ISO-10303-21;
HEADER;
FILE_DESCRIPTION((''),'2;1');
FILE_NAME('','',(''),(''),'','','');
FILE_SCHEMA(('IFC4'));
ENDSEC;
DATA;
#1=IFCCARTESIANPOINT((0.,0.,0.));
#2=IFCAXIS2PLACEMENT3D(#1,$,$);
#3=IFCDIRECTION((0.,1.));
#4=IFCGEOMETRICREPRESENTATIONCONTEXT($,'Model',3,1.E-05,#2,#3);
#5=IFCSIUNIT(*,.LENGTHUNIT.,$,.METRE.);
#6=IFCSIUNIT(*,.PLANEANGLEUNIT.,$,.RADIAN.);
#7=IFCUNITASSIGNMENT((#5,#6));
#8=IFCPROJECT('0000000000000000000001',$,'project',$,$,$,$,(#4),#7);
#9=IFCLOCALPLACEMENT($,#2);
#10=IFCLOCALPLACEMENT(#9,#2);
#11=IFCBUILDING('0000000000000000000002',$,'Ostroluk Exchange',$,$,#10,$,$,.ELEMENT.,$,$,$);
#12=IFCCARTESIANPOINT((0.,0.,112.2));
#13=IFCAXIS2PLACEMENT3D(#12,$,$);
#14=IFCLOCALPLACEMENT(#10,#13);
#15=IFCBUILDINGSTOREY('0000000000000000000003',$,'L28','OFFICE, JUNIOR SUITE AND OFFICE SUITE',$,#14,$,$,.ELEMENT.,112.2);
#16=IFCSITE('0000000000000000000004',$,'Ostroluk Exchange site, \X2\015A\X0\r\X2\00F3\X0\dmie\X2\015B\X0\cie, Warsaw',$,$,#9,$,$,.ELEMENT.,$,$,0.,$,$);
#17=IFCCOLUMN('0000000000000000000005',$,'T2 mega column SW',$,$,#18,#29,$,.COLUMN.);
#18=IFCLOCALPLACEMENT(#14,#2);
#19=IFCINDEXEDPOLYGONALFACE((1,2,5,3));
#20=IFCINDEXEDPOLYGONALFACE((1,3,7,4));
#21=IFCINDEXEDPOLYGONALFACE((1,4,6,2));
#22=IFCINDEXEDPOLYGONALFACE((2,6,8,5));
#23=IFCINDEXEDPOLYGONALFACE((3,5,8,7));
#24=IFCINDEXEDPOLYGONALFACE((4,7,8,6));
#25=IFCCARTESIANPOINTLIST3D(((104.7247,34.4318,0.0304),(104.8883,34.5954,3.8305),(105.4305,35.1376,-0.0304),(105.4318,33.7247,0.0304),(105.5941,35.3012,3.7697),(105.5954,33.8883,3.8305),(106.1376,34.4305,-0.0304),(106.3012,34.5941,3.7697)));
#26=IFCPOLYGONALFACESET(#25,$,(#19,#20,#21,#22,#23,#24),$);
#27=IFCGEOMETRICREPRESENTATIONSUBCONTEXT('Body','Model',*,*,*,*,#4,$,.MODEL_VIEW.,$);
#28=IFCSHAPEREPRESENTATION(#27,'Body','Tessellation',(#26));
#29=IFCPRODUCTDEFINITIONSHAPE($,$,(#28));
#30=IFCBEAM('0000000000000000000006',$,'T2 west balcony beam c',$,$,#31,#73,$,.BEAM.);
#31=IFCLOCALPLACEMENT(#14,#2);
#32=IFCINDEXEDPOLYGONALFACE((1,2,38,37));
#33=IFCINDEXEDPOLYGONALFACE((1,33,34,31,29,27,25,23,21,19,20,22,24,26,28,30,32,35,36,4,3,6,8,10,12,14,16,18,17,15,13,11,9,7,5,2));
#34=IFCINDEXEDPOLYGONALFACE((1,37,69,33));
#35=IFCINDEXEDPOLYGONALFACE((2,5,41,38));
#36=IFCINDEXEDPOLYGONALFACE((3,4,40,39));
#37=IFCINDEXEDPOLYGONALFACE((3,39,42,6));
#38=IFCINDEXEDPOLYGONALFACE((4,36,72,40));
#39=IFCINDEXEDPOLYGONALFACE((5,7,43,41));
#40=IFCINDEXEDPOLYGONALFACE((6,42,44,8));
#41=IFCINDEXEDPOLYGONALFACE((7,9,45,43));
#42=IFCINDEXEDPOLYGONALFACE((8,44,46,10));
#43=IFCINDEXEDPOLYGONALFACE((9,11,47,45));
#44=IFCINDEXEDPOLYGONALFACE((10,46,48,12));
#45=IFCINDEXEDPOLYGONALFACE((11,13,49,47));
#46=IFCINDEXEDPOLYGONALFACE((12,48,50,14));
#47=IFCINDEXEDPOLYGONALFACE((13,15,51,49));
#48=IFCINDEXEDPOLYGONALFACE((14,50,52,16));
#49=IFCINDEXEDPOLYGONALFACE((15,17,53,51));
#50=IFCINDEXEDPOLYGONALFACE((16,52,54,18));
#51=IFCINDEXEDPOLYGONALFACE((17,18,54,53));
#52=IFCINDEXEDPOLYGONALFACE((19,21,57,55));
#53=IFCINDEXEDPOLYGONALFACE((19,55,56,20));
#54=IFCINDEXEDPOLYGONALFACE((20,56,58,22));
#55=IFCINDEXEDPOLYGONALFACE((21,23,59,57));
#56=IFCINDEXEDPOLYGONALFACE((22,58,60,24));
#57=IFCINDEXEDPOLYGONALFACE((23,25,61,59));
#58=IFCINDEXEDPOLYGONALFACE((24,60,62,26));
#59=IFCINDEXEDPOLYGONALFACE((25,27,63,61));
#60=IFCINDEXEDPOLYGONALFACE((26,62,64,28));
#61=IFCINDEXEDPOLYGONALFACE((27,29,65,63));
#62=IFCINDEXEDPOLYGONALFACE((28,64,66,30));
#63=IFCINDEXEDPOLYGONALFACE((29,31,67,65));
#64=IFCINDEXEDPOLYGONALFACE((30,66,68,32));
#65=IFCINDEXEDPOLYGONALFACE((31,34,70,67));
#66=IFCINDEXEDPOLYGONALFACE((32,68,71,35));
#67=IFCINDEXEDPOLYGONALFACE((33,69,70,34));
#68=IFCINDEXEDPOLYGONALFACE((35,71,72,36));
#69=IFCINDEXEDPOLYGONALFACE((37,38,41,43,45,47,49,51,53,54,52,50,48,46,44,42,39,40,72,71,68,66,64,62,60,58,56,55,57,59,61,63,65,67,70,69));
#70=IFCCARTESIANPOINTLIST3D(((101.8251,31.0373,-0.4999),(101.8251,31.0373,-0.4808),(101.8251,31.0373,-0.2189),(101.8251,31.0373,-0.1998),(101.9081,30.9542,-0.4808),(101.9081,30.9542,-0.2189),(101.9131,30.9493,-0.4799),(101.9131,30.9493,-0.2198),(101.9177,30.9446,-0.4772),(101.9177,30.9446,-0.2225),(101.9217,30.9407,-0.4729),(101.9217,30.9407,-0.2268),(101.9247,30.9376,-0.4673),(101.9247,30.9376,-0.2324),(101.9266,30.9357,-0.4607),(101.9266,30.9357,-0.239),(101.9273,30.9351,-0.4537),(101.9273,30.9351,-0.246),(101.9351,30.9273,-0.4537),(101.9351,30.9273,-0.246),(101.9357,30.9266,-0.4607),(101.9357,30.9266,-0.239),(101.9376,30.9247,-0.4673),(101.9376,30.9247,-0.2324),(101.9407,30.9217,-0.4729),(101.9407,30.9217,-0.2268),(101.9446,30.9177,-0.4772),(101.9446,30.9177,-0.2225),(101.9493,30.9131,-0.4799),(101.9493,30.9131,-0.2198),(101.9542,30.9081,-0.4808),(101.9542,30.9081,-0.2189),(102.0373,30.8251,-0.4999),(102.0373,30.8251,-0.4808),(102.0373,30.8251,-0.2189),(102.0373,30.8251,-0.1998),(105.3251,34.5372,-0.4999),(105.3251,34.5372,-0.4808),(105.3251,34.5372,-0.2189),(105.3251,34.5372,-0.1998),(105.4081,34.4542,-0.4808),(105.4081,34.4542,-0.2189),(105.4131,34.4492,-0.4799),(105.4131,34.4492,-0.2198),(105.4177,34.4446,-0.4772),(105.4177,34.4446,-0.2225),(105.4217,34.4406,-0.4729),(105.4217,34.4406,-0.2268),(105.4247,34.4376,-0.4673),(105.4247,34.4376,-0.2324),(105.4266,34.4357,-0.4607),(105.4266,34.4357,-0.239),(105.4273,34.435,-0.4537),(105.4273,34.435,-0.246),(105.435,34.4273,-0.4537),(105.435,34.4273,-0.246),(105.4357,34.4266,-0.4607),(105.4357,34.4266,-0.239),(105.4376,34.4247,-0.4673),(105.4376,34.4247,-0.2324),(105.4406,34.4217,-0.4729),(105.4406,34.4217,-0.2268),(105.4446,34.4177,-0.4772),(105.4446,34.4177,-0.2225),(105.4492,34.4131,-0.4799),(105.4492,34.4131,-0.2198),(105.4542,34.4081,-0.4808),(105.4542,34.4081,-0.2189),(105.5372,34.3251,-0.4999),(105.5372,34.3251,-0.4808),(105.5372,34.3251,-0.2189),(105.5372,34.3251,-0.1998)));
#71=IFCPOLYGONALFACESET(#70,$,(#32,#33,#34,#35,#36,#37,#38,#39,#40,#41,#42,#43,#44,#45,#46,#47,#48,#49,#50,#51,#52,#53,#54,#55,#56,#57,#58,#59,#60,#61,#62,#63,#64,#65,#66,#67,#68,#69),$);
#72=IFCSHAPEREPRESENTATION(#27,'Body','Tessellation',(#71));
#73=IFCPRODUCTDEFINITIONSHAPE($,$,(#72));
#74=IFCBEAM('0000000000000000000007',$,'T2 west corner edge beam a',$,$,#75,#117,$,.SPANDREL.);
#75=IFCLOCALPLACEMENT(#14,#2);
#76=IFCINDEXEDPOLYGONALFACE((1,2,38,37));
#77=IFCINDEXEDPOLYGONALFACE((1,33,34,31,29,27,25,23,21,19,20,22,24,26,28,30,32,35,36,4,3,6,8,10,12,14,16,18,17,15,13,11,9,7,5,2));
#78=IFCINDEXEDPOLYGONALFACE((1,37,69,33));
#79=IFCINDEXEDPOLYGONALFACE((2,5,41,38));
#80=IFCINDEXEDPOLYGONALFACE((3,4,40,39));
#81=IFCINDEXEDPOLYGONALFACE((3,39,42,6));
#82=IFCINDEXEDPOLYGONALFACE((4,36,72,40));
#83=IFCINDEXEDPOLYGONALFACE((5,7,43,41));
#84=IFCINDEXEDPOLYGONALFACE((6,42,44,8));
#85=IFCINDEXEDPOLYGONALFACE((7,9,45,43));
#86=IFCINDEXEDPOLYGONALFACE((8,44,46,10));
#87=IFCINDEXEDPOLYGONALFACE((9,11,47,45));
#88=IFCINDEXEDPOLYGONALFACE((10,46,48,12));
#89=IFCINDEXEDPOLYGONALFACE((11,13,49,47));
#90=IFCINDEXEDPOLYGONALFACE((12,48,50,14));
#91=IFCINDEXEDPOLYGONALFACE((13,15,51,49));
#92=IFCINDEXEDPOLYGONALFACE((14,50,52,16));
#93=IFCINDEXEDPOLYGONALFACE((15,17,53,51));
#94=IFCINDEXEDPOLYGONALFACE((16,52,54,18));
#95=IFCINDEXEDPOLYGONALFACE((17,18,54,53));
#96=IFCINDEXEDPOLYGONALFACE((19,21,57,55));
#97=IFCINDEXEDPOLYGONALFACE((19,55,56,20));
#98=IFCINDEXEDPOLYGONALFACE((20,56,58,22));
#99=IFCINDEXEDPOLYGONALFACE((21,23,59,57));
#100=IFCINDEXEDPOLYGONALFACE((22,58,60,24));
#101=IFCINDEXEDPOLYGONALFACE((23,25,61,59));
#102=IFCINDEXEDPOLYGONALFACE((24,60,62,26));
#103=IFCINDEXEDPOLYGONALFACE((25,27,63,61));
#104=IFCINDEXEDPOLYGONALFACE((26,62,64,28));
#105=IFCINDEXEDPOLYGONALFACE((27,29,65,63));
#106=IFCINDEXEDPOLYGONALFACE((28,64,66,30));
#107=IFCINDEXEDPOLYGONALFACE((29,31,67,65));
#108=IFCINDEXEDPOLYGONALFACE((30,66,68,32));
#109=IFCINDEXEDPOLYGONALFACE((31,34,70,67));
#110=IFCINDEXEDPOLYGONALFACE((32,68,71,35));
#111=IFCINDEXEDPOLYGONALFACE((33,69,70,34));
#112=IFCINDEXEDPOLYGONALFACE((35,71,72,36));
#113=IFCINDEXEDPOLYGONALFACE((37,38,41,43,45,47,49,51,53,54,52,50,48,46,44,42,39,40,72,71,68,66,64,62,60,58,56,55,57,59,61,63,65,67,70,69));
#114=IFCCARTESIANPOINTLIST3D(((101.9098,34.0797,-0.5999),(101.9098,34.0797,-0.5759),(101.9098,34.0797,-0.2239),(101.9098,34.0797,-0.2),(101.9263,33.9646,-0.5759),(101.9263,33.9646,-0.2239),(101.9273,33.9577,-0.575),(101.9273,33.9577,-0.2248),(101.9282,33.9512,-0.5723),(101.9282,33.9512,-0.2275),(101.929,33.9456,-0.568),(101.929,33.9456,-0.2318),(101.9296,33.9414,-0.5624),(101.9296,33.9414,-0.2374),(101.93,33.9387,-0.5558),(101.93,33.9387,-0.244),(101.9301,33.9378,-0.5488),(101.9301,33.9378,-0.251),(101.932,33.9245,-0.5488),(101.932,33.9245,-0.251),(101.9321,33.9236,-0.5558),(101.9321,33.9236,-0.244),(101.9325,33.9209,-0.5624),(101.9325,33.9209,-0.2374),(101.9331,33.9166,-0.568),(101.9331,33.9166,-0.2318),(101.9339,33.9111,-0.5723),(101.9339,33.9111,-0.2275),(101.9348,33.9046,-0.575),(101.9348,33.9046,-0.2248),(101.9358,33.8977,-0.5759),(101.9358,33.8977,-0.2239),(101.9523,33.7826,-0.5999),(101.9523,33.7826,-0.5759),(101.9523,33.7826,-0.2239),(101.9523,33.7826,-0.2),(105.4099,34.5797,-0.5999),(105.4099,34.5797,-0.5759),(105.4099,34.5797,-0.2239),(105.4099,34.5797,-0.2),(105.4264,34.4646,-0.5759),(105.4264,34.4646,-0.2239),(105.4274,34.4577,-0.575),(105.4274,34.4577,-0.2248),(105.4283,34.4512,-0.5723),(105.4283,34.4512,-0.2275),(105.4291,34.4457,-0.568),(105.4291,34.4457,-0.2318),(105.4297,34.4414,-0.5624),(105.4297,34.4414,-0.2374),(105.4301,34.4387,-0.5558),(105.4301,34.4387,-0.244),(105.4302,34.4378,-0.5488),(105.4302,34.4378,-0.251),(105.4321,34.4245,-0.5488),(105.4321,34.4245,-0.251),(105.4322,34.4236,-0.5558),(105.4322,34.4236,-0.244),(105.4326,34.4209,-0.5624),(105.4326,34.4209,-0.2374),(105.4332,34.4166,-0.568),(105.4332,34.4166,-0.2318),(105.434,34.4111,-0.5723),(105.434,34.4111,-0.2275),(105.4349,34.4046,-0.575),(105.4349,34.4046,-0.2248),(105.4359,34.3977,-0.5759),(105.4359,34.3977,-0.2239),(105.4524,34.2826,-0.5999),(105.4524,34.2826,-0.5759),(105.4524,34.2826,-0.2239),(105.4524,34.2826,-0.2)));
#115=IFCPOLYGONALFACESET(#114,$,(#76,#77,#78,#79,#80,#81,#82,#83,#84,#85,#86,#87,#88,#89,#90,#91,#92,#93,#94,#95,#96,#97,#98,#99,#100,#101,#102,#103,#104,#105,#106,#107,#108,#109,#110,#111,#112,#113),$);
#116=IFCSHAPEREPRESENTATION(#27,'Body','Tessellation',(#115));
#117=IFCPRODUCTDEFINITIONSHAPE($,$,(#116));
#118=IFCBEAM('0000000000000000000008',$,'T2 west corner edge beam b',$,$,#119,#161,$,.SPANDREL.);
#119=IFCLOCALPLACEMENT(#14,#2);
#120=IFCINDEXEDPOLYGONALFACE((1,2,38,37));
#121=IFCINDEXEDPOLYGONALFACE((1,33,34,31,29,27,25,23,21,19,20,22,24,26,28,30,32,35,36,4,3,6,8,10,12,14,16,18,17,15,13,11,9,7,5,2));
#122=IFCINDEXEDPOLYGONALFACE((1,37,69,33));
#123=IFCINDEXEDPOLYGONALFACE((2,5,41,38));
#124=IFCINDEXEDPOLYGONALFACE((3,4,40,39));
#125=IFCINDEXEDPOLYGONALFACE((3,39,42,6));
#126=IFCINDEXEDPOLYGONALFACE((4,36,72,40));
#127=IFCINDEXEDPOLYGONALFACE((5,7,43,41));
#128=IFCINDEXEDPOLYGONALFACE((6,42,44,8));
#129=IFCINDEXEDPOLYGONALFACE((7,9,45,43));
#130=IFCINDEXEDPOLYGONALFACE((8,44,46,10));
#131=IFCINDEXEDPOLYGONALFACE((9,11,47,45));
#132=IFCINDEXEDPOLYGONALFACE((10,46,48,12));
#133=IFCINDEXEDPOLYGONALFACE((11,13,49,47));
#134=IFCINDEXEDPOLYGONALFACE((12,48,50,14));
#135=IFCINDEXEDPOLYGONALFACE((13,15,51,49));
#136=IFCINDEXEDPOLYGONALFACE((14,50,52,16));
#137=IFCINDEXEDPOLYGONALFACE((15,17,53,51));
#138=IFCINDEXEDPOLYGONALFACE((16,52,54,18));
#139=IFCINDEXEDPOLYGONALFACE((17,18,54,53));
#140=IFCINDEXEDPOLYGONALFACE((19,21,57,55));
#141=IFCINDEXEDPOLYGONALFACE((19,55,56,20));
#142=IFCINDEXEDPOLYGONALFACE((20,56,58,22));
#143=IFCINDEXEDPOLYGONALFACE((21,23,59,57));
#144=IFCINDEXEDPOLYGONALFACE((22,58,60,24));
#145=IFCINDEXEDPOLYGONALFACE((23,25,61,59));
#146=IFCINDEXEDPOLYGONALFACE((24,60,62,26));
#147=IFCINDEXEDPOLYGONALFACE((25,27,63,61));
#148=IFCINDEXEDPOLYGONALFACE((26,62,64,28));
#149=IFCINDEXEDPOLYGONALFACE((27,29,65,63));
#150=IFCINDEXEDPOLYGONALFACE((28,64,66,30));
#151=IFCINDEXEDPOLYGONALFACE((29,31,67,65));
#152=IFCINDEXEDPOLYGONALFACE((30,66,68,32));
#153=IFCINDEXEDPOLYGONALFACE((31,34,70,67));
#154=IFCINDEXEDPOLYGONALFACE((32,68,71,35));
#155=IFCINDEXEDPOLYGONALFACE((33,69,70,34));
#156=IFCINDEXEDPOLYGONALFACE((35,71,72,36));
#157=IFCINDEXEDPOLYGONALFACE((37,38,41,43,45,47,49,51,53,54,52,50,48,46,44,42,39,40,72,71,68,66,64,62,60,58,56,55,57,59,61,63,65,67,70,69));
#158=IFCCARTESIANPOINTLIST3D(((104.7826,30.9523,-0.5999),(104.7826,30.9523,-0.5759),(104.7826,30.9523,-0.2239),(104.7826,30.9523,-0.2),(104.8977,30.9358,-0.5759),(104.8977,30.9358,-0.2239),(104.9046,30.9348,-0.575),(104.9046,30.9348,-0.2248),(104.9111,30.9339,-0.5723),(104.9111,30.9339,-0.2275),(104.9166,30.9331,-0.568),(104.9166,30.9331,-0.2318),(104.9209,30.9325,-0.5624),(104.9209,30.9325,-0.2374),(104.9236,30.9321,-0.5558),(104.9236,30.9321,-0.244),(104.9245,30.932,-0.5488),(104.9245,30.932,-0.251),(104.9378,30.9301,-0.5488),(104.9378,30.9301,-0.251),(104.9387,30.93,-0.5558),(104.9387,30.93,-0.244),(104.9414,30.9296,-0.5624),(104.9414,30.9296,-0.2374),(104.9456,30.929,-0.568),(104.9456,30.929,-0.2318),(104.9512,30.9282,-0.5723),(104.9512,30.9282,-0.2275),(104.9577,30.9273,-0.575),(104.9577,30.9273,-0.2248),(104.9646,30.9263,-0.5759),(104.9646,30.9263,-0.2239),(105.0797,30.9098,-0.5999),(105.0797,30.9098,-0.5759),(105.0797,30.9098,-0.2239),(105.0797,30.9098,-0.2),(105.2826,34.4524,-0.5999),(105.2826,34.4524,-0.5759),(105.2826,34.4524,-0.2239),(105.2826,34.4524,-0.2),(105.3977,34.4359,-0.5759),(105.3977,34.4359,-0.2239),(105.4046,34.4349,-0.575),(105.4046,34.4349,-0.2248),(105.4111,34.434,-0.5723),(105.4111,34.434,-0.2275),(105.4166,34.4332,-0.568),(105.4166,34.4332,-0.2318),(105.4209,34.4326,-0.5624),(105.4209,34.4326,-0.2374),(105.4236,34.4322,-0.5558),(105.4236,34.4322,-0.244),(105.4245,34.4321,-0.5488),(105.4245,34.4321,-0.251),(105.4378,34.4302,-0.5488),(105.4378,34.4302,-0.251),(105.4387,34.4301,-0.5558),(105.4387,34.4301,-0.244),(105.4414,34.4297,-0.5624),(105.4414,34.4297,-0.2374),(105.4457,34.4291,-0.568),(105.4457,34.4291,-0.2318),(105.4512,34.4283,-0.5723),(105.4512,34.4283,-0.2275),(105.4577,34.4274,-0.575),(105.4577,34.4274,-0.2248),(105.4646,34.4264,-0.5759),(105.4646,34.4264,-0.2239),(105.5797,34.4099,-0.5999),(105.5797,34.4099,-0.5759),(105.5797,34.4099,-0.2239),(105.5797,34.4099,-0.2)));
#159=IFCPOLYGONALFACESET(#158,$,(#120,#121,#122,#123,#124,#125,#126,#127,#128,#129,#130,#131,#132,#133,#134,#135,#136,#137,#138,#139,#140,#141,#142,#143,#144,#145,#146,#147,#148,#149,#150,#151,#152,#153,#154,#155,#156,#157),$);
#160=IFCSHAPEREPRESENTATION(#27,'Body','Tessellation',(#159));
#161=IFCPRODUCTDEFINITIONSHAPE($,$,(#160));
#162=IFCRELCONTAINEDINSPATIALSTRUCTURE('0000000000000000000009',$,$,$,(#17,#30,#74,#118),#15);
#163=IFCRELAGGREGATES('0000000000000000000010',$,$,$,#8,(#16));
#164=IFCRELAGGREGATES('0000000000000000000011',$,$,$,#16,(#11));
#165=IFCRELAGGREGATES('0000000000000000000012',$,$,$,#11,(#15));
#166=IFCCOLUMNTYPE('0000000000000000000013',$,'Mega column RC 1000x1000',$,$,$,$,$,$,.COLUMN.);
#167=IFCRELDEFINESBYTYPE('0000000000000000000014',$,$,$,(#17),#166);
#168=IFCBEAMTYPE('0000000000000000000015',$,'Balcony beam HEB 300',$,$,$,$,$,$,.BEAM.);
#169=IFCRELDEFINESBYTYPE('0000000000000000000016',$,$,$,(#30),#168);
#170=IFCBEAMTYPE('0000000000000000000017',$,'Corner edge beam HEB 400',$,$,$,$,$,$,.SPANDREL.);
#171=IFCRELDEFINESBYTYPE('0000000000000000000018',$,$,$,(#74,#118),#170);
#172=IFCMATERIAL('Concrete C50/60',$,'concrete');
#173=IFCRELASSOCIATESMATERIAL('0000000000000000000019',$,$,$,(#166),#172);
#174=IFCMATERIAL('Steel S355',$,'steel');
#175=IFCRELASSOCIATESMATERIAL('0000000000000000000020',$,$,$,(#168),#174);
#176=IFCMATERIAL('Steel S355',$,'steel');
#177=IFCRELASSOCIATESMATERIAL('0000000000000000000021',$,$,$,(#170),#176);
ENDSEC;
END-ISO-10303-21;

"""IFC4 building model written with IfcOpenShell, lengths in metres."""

from ifc_helpers import new_model, si_unit, direction, frame, origin, origin_2d, place, context, subcontext, project, spatial, rectangle, i_section, extrude, material, material_profile, profile_set, type_object, element, save


model = new_model("IFC4")

# Units and contexts
model_context = context("Model", 3, precision=1e-05, world=origin(), true_north=direction((0.0, 1.0)))
body_context = subcontext(model_context, "Body", "Model", "MODEL_VIEW")
ifc_project = project(units=[si_unit("LENGTHUNIT", "METRE"), si_unit("PLANEANGLEUNIT", "RADIAN")], contexts=[model_context])

# Site, building, storey
site_placement = place(None, origin())
site = spatial("IfcSite", under=ifc_project, at=site_placement, Name="Ostroluk Exchange site, Śródmieście, Warsaw", CompositionType="ELEMENT", RefElevation=0.0)
building_placement = place(site_placement, origin())
building = spatial("IfcBuilding", under=site, at=building_placement, Name="Ostroluk Exchange", CompositionType="ELEMENT")
storey_placement = place(building_placement, frame((0.0, 0.0, 112.2)))
storey = spatial("IfcBuildingStorey", under=building, at=storey_placement, Name="L28", Description="OFFICE, JUNIOR SUITE AND OFFICE SUITE", CompositionType="ELEMENT", Elevation=112.2)

# Column
ifc_material_1 = material(Name="Concrete C50/60", Category="concrete")
ifc_material_profile_1 = material_profile(ifc_material_1, rectangle(XDim=1.0, YDim=1.0, at=origin_2d()), Name="RC 1000x1000")
ifc_profile_set_1 = profile_set([ifc_material_profile_1], Name="Concrete C50/60")
column_type = type_object("IfcColumnType", Name="Mega column RC 1000x1000", PredefinedType="COLUMN", material=ifc_profile_set_1)
column_placement = place(storey_placement, frame((105.4312, 34.4312, 0.0), z_axis=(0.042966, 0.042966, 0.998152), x_axis=(-0.707107, 0.707107, 0.0)))
element("IfcColumn", 1, at=column_placement, inside=storey, type_object=column_type, Name="T2 mega column SW", PredefinedType="COLUMN", context=body_context, shape_type="SweptSolid", body=[
    extrude(rectangle(XDim=1.0, YDim=1.0, at=origin_2d()), origin(), (0.0, 0.0, 1.0), 3.8071),
])

# Beams
ifc_material_2 = material(Name="Steel S355", Category="steel")
ifc_material_profile_2 = material_profile(ifc_material_2, i_section(OverallWidth=0.3, OverallDepth=0.3, WebThickness=0.011, FlangeThickness=0.019, FilletRadius=0.0271, at=origin_2d()), Name="HEB 300")
ifc_profile_set_2 = profile_set([ifc_material_profile_2], Name="Steel S355")
beam_type_1 = type_object("IfcBeamType", Name="Balcony beam HEB 300", PredefinedType="BEAM", material=ifc_profile_set_2)
beam_1_placement = place(storey_placement, frame((105.4312, 34.4312, -0.3499), z_axis=(-0.707107, -0.707107, 0.0), x_axis=(0.707107, -0.707107, 0.0)))
element("IfcBeam", 2, at=beam_1_placement, inside=storey, type_object=beam_type_1, Name="T2 west balcony beam c", PredefinedType="BEAM", context=body_context, shape_type="SweptSolid", body=[
    extrude(i_section(OverallWidth=0.3, OverallDepth=0.3, WebThickness=0.011, FlangeThickness=0.019, FilletRadius=0.0271, at=origin_2d()), origin(), (0.0, 0.0, 1.0), 4.9497),
])
ifc_material_3 = material(Name="Steel S355", Category="steel")
ifc_material_profile_3 = material_profile(ifc_material_3, i_section(OverallWidth=0.3, OverallDepth=0.3999, WebThickness=0.0134, FlangeThickness=0.0239, FilletRadius=0.0271, at=origin_2d()), Name="HEB 400")
ifc_profile_set_3 = profile_set([ifc_material_profile_3], Name="Steel S355")
beam_type_2 = type_object("IfcBeamType", Name="Corner edge beam HEB 400", PredefinedType="SPANDREL", material=ifc_profile_set_3)
for number, where, z_axis, x_axis, name in (
    (3, (105.4312, 34.4312, -0.3999), (-0.989949, -0.141421, 0.0), (0.141421, -0.989949, 0.0), "T2 west corner edge beam a"),
    (4, (105.4312, 34.4312, -0.3999), (-0.141421, -0.989949, 0.0), (0.989949, -0.141421, 0.0), "T2 west corner edge beam b"),
):
    element("IfcBeam", number, at=place(storey_placement, frame(where, z_axis=z_axis, x_axis=x_axis)), inside=storey, type_object=beam_type_2, Name=name, PredefinedType="SPANDREL", context=body_context, shape_type="SweptSolid", body=[
        extrude(i_section(OverallWidth=0.3, OverallDepth=0.3999, WebThickness=0.0134, FlangeThickness=0.0239, FilletRadius=0.0271, at=origin_2d()), origin(), (0.0, 0.0, 1.0), 3.5356),
    ])

save(model, "model.ifc")
